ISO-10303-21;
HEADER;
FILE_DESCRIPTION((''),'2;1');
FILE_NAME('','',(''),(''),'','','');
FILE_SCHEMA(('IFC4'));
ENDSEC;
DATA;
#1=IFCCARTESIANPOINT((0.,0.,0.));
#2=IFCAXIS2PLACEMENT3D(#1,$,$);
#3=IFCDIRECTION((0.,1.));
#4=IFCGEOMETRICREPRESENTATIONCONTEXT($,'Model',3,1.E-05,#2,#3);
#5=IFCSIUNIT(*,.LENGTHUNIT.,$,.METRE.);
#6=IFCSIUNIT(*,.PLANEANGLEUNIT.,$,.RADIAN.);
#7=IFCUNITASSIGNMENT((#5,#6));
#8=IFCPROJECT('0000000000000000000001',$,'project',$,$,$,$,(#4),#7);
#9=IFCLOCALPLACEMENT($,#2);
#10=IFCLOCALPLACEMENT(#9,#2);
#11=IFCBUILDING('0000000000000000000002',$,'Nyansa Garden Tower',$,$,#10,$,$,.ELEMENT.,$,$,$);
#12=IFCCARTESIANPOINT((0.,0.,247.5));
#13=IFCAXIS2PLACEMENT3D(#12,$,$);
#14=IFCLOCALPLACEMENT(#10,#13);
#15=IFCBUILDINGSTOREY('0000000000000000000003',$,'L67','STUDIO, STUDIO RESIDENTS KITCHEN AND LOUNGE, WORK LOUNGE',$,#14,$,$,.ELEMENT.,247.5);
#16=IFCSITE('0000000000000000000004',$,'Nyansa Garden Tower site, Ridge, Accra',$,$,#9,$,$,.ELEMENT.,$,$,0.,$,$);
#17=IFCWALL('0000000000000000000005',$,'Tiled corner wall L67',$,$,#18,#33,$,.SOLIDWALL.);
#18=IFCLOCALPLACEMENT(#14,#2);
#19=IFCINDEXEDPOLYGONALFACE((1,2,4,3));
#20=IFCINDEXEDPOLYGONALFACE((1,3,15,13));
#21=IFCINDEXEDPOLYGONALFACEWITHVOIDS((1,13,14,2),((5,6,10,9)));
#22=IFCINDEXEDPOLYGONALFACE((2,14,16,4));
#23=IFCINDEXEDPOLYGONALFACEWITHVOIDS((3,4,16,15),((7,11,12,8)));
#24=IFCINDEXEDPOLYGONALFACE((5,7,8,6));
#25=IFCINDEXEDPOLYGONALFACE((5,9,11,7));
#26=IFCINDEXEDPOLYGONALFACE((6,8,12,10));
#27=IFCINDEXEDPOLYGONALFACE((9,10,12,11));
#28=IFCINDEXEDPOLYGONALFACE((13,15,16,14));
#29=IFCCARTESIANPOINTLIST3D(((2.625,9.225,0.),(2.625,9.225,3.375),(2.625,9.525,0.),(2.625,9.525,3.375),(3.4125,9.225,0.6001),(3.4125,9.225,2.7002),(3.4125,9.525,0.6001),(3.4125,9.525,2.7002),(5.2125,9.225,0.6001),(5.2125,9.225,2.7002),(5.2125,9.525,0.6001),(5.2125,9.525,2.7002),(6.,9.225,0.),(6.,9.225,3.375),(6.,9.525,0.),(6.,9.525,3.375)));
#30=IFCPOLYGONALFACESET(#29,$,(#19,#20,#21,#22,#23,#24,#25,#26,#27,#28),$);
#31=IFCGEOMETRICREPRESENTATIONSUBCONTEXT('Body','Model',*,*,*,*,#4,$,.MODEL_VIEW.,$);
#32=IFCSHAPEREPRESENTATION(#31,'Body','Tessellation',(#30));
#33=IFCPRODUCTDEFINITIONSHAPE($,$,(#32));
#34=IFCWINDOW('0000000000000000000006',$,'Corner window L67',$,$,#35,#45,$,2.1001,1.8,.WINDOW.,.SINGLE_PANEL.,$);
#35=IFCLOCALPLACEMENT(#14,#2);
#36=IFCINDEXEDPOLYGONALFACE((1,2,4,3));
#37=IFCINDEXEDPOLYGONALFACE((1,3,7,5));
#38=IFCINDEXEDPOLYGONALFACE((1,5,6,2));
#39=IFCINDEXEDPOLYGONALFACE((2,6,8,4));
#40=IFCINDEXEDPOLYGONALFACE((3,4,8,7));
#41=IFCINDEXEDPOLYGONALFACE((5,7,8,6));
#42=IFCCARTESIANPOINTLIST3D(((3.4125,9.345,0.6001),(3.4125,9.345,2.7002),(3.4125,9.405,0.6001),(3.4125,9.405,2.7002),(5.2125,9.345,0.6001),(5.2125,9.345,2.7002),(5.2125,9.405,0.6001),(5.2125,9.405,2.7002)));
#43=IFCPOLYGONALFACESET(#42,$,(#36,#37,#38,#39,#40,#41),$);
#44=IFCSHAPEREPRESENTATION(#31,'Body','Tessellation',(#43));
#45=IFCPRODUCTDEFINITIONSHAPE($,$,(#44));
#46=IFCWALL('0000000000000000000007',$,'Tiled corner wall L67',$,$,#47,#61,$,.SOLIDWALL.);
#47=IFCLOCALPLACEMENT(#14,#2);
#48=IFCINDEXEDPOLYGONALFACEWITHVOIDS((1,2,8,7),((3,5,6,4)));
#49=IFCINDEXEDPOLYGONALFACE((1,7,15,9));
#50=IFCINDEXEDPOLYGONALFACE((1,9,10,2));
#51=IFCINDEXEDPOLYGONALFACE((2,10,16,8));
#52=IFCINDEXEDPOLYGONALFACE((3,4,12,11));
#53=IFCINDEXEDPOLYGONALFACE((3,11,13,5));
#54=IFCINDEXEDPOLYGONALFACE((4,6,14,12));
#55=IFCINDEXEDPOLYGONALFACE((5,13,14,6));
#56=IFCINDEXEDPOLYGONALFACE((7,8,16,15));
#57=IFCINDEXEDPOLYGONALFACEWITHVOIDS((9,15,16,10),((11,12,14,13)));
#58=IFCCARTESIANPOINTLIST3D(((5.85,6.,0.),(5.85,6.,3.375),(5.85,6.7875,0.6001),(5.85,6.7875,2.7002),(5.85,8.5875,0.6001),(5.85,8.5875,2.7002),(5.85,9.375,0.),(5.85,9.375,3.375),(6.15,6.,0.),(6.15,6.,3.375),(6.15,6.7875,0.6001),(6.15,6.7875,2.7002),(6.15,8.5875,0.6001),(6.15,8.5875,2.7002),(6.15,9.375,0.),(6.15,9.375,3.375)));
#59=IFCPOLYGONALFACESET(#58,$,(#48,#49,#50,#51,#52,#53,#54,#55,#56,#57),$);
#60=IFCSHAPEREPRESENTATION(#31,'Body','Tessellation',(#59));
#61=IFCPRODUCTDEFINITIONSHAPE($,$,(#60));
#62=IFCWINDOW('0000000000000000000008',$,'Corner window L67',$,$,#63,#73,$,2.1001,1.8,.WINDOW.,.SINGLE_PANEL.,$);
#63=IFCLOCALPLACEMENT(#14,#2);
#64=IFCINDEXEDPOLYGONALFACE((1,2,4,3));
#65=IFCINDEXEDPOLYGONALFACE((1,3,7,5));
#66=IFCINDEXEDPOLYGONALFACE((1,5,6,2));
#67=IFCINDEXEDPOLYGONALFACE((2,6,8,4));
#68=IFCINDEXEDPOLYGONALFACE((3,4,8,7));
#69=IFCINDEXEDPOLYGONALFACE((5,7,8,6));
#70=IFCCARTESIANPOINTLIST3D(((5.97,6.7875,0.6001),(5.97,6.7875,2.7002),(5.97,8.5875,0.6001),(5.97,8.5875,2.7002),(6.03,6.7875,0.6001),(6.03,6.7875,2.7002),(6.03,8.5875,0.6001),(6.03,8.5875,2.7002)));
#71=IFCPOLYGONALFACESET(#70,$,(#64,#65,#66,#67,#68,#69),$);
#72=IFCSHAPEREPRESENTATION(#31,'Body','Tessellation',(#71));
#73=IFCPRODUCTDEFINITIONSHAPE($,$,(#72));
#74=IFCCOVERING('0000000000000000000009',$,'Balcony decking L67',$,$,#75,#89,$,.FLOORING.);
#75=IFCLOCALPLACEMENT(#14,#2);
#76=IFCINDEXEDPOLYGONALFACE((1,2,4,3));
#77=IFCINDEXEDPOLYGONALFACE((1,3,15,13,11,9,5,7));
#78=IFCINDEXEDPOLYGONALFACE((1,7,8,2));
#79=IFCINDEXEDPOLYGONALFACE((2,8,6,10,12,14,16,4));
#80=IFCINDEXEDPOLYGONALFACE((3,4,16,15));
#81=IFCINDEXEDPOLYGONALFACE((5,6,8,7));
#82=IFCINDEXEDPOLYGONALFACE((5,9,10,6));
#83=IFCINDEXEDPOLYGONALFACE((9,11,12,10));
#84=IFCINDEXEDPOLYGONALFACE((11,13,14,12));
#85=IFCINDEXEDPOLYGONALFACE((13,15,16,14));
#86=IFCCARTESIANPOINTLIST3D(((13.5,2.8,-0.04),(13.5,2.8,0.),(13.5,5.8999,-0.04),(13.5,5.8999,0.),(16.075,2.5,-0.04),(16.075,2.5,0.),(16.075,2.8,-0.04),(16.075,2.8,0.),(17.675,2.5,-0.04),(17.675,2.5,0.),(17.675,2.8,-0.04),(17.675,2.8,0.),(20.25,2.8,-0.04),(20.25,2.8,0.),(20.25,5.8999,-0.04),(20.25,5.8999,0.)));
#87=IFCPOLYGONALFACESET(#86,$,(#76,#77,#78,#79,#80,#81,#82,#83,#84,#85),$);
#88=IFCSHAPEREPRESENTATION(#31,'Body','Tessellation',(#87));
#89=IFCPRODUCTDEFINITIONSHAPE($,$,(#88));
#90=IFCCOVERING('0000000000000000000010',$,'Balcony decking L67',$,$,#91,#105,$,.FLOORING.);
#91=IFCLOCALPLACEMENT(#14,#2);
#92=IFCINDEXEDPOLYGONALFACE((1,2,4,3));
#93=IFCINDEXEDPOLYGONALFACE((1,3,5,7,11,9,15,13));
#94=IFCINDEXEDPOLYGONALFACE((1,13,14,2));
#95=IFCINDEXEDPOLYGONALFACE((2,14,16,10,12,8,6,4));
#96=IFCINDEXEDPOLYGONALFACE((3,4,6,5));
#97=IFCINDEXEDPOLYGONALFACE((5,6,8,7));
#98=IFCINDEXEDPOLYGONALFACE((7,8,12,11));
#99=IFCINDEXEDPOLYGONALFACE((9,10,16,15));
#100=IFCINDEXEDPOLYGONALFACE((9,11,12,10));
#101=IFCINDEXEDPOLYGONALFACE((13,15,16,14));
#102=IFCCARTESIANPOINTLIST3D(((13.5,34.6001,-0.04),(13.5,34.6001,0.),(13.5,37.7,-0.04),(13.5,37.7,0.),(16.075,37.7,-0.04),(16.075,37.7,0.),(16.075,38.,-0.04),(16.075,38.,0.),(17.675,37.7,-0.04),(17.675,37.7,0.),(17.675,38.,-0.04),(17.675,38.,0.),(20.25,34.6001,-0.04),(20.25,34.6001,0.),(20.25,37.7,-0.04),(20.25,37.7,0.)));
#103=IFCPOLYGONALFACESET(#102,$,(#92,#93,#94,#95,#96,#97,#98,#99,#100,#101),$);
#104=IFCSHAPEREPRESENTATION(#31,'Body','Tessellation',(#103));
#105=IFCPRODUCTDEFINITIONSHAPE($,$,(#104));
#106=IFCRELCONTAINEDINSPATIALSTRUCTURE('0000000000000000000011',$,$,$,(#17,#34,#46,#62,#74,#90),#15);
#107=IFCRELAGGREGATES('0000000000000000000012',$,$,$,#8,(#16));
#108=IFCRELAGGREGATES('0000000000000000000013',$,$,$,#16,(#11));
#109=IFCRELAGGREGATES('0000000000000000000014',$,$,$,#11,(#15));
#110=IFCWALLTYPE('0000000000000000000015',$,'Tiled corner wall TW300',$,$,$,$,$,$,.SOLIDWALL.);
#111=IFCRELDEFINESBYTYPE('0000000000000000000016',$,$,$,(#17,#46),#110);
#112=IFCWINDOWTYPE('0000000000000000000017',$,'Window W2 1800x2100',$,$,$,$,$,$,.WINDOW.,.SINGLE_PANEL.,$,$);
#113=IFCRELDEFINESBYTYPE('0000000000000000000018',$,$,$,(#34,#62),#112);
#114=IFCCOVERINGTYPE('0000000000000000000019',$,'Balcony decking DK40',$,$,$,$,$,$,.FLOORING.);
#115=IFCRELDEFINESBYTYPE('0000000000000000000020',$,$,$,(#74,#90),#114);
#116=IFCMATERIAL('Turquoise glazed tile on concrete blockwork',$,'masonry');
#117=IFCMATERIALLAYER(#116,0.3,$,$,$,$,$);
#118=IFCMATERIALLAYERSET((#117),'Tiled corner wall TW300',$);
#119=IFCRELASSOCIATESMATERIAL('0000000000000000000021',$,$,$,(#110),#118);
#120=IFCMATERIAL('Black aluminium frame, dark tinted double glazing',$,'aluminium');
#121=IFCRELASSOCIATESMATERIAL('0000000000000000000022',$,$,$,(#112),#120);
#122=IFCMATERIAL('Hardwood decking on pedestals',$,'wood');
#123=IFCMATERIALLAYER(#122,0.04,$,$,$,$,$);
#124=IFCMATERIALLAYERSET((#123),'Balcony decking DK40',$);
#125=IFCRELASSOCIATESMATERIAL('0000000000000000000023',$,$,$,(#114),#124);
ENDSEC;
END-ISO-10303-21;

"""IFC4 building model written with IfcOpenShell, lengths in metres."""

from ifc_helpers import new_model, si_unit, direction, frame, frame_2d, origin, place, context, subcontext, project, spatial, polyline, rectangle, outline, extrude, material, layer, layer_set, type_object, element, fill, save


model = new_model("IFC4")

# Units and contexts
model_context = context("Model", 3, precision=1e-05, world=origin(), true_north=direction((0.0, 1.0)))
body_context = subcontext(model_context, "Body", "Model", "MODEL_VIEW")
ifc_project = project(units=[si_unit("LENGTHUNIT", "METRE"), si_unit("PLANEANGLEUNIT", "RADIAN")], contexts=[model_context])

# Site, building, storey
site_placement = place(None, origin())
site = spatial("IfcSite", under=ifc_project, at=site_placement, Name="Nyansa Garden Tower site, Ridge, Accra", CompositionType="ELEMENT", RefElevation=0.0)
building_placement = place(site_placement, origin())
building = spatial("IfcBuilding", under=site, at=building_placement, Name="Nyansa Garden Tower", CompositionType="ELEMENT")
storey_placement = place(building_placement, frame((0.0, 0.0, 247.5)))
storey = spatial("IfcBuildingStorey", under=building, at=storey_placement, Name="L67", Description="STUDIO, STUDIO RESIDENTS KITCHEN AND LOUNGE, WORK LOUNGE", CompositionType="ELEMENT", Elevation=247.5)

# Walls, openings, windows
ifc_material_1 = material(Name="Turquoise glazed tile on concrete blockwork", Category="masonry")
ifc_layer_1 = layer(ifc_material_1, 0.3)
ifc_layer_set_1 = layer_set([ifc_layer_1], Name="Tiled corner wall TW300")
wall_type_1 = type_object("IfcWallType", Name="Tiled corner wall TW300", PredefinedType="SOLIDWALL", material=ifc_layer_set_1)
wall_1_placement = place(storey_placement, frame((2.625, 9.375, 0.0), z_axis=(0.0, 0.0, 1.0), x_axis=(1.0, 0.0, 0.0)))
wall_1 = element("IfcWall", 1, at=wall_1_placement, inside=storey, type_object=wall_type_1, Name="Tiled corner wall L67", PredefinedType="SOLIDWALL", context=body_context, shape_type="SweptSolid", body=[
    extrude(rectangle(XDim=3.375, YDim=0.3, at=frame_2d((1.6875, 0.0))), origin(), (0.0, 0.0, 1.0), 3.375),
])
opening_1_placement = place(wall_1_placement, frame((0.7876, 0.0, 0.6001)))
opening_1 = element("IfcOpeningElement", 2, at=opening_1_placement, cuts=wall_1, PredefinedType="OPENING", context=body_context, shape_type="SweptSolid", body=[
    extrude(rectangle(XDim=1.8, YDim=2.1001, at=frame_2d((0.8999, 1.05))), frame((0.0, 0.1599, 0.0), z_axis=(0.0, -1.0, 0.0), x_axis=(1.0, 0.0, 0.0)), (0.0, 0.0, 1.0), 0.3201),
])
ifc_material_2 = material(Name="Black aluminium frame, dark tinted double glazing", Category="aluminium")
window_type = type_object("IfcWindowType", Name="Window W2 1800x2100", PartitioningType="SINGLE_PANEL", PredefinedType="WINDOW", material=ifc_material_2)
window_1_placement = place(opening_1_placement, origin())
window_1 = element("IfcWindow", 3, at=window_1_placement, inside=storey, type_object=window_type, Name="Corner window L67", OverallHeight=2.1001, OverallWidth=1.8, PartitioningType="SINGLE_PANEL", PredefinedType="WINDOW", context=body_context, shape_type="SweptSolid", body=[
    extrude(rectangle(XDim=1.8, YDim=2.1001, at=frame_2d((0.8999, 1.05))), frame((0.0, 0.03, 0.0), z_axis=(0.0, -1.0, 0.0), x_axis=(1.0, 0.0, 0.0)), (0.0, 0.0, 1.0), 0.0601),
])
fill(opening_1, window_1)
wall_2_placement = place(storey_placement, frame((6.0, 9.375, 0.0), z_axis=(0.0, 0.0, 1.0), x_axis=(0.0, -1.0, 0.0)))
wall_2 = element("IfcWall", 4, at=wall_2_placement, inside=storey, type_object=wall_type_1, Name="Tiled corner wall L67", PredefinedType="SOLIDWALL", context=body_context, shape_type="SweptSolid", body=[
    extrude(rectangle(XDim=3.375, YDim=0.3, at=frame_2d((1.6875, 0.0))), origin(), (0.0, 0.0, 1.0), 3.375),
])
opening_2_placement = place(wall_2_placement, frame((0.7876, 0.0, 0.6001)))
opening_2 = element("IfcOpeningElement", 5, at=opening_2_placement, cuts=wall_2, PredefinedType="OPENING", context=body_context, shape_type="SweptSolid", body=[
    extrude(rectangle(XDim=1.8, YDim=2.1001, at=frame_2d((0.8999, 1.05))), frame((0.0, 0.1599, 0.0), z_axis=(0.0, -1.0, 0.0), x_axis=(1.0, 0.0, 0.0)), (0.0, 0.0, 1.0), 0.3201),
])
window_2_placement = place(opening_2_placement, origin())
window_2 = element("IfcWindow", 6, at=window_2_placement, inside=storey, type_object=window_type, Name="Corner window L67", OverallHeight=2.1001, OverallWidth=1.8, PartitioningType="SINGLE_PANEL", PredefinedType="WINDOW", context=body_context, shape_type="SweptSolid", body=[
    extrude(rectangle(XDim=1.8, YDim=2.1001, at=frame_2d((0.8999, 1.05))), frame((0.0, 0.03, 0.0), z_axis=(0.0, -1.0, 0.0), x_axis=(1.0, 0.0, 0.0)), (0.0, 0.0, 1.0), 0.0601),
])
fill(opening_2, window_2)

# Coverings
ifc_material_3 = material(Name="Hardwood decking on pedestals", Category="wood")
ifc_layer_2 = layer(ifc_material_3, 0.04)
ifc_layer_set_2 = layer_set([ifc_layer_2], Name="Balcony decking DK40")
covering_type = type_object("IfcCoveringType", Name="Balcony decking DK40", PredefinedType="FLOORING", material=ifc_layer_set_2)
covering_1_placement = place(storey_placement, frame((0.0, 0.0, -0.04)))
element("IfcCovering", 7, at=covering_1_placement, inside=storey, type_object=covering_type, Name="Balcony decking L67", PredefinedType="FLOORING", context=body_context, shape_type="SweptSolid", body=[
    extrude(outline(polyline([(13.5, 5.8999), (20.25, 5.8999), (20.25, 2.8), (17.675, 2.8), (17.675, 2.5), (16.075, 2.5), (16.075, 2.8), (13.5, 2.8), (13.5, 5.8999)])), origin(), (0.0, 0.0, 1.0), 0.04),
])
covering_2_placement = place(storey_placement, frame((0.0, 0.0, -0.04)))
element("IfcCovering", 8, at=covering_2_placement, inside=storey, type_object=covering_type, Name="Balcony decking L67", PredefinedType="FLOORING", context=body_context, shape_type="SweptSolid", body=[
    extrude(outline(polyline([(13.5, 34.6001), (20.25, 34.6001), (20.25, 37.7), (17.675, 37.7), (17.675, 38.0), (16.075, 38.0), (16.075, 37.7), (13.5, 37.7), (13.5, 34.6001)])), origin(), (0.0, 0.0, 1.0), 0.04),
])

save(model, "model.ifc")
